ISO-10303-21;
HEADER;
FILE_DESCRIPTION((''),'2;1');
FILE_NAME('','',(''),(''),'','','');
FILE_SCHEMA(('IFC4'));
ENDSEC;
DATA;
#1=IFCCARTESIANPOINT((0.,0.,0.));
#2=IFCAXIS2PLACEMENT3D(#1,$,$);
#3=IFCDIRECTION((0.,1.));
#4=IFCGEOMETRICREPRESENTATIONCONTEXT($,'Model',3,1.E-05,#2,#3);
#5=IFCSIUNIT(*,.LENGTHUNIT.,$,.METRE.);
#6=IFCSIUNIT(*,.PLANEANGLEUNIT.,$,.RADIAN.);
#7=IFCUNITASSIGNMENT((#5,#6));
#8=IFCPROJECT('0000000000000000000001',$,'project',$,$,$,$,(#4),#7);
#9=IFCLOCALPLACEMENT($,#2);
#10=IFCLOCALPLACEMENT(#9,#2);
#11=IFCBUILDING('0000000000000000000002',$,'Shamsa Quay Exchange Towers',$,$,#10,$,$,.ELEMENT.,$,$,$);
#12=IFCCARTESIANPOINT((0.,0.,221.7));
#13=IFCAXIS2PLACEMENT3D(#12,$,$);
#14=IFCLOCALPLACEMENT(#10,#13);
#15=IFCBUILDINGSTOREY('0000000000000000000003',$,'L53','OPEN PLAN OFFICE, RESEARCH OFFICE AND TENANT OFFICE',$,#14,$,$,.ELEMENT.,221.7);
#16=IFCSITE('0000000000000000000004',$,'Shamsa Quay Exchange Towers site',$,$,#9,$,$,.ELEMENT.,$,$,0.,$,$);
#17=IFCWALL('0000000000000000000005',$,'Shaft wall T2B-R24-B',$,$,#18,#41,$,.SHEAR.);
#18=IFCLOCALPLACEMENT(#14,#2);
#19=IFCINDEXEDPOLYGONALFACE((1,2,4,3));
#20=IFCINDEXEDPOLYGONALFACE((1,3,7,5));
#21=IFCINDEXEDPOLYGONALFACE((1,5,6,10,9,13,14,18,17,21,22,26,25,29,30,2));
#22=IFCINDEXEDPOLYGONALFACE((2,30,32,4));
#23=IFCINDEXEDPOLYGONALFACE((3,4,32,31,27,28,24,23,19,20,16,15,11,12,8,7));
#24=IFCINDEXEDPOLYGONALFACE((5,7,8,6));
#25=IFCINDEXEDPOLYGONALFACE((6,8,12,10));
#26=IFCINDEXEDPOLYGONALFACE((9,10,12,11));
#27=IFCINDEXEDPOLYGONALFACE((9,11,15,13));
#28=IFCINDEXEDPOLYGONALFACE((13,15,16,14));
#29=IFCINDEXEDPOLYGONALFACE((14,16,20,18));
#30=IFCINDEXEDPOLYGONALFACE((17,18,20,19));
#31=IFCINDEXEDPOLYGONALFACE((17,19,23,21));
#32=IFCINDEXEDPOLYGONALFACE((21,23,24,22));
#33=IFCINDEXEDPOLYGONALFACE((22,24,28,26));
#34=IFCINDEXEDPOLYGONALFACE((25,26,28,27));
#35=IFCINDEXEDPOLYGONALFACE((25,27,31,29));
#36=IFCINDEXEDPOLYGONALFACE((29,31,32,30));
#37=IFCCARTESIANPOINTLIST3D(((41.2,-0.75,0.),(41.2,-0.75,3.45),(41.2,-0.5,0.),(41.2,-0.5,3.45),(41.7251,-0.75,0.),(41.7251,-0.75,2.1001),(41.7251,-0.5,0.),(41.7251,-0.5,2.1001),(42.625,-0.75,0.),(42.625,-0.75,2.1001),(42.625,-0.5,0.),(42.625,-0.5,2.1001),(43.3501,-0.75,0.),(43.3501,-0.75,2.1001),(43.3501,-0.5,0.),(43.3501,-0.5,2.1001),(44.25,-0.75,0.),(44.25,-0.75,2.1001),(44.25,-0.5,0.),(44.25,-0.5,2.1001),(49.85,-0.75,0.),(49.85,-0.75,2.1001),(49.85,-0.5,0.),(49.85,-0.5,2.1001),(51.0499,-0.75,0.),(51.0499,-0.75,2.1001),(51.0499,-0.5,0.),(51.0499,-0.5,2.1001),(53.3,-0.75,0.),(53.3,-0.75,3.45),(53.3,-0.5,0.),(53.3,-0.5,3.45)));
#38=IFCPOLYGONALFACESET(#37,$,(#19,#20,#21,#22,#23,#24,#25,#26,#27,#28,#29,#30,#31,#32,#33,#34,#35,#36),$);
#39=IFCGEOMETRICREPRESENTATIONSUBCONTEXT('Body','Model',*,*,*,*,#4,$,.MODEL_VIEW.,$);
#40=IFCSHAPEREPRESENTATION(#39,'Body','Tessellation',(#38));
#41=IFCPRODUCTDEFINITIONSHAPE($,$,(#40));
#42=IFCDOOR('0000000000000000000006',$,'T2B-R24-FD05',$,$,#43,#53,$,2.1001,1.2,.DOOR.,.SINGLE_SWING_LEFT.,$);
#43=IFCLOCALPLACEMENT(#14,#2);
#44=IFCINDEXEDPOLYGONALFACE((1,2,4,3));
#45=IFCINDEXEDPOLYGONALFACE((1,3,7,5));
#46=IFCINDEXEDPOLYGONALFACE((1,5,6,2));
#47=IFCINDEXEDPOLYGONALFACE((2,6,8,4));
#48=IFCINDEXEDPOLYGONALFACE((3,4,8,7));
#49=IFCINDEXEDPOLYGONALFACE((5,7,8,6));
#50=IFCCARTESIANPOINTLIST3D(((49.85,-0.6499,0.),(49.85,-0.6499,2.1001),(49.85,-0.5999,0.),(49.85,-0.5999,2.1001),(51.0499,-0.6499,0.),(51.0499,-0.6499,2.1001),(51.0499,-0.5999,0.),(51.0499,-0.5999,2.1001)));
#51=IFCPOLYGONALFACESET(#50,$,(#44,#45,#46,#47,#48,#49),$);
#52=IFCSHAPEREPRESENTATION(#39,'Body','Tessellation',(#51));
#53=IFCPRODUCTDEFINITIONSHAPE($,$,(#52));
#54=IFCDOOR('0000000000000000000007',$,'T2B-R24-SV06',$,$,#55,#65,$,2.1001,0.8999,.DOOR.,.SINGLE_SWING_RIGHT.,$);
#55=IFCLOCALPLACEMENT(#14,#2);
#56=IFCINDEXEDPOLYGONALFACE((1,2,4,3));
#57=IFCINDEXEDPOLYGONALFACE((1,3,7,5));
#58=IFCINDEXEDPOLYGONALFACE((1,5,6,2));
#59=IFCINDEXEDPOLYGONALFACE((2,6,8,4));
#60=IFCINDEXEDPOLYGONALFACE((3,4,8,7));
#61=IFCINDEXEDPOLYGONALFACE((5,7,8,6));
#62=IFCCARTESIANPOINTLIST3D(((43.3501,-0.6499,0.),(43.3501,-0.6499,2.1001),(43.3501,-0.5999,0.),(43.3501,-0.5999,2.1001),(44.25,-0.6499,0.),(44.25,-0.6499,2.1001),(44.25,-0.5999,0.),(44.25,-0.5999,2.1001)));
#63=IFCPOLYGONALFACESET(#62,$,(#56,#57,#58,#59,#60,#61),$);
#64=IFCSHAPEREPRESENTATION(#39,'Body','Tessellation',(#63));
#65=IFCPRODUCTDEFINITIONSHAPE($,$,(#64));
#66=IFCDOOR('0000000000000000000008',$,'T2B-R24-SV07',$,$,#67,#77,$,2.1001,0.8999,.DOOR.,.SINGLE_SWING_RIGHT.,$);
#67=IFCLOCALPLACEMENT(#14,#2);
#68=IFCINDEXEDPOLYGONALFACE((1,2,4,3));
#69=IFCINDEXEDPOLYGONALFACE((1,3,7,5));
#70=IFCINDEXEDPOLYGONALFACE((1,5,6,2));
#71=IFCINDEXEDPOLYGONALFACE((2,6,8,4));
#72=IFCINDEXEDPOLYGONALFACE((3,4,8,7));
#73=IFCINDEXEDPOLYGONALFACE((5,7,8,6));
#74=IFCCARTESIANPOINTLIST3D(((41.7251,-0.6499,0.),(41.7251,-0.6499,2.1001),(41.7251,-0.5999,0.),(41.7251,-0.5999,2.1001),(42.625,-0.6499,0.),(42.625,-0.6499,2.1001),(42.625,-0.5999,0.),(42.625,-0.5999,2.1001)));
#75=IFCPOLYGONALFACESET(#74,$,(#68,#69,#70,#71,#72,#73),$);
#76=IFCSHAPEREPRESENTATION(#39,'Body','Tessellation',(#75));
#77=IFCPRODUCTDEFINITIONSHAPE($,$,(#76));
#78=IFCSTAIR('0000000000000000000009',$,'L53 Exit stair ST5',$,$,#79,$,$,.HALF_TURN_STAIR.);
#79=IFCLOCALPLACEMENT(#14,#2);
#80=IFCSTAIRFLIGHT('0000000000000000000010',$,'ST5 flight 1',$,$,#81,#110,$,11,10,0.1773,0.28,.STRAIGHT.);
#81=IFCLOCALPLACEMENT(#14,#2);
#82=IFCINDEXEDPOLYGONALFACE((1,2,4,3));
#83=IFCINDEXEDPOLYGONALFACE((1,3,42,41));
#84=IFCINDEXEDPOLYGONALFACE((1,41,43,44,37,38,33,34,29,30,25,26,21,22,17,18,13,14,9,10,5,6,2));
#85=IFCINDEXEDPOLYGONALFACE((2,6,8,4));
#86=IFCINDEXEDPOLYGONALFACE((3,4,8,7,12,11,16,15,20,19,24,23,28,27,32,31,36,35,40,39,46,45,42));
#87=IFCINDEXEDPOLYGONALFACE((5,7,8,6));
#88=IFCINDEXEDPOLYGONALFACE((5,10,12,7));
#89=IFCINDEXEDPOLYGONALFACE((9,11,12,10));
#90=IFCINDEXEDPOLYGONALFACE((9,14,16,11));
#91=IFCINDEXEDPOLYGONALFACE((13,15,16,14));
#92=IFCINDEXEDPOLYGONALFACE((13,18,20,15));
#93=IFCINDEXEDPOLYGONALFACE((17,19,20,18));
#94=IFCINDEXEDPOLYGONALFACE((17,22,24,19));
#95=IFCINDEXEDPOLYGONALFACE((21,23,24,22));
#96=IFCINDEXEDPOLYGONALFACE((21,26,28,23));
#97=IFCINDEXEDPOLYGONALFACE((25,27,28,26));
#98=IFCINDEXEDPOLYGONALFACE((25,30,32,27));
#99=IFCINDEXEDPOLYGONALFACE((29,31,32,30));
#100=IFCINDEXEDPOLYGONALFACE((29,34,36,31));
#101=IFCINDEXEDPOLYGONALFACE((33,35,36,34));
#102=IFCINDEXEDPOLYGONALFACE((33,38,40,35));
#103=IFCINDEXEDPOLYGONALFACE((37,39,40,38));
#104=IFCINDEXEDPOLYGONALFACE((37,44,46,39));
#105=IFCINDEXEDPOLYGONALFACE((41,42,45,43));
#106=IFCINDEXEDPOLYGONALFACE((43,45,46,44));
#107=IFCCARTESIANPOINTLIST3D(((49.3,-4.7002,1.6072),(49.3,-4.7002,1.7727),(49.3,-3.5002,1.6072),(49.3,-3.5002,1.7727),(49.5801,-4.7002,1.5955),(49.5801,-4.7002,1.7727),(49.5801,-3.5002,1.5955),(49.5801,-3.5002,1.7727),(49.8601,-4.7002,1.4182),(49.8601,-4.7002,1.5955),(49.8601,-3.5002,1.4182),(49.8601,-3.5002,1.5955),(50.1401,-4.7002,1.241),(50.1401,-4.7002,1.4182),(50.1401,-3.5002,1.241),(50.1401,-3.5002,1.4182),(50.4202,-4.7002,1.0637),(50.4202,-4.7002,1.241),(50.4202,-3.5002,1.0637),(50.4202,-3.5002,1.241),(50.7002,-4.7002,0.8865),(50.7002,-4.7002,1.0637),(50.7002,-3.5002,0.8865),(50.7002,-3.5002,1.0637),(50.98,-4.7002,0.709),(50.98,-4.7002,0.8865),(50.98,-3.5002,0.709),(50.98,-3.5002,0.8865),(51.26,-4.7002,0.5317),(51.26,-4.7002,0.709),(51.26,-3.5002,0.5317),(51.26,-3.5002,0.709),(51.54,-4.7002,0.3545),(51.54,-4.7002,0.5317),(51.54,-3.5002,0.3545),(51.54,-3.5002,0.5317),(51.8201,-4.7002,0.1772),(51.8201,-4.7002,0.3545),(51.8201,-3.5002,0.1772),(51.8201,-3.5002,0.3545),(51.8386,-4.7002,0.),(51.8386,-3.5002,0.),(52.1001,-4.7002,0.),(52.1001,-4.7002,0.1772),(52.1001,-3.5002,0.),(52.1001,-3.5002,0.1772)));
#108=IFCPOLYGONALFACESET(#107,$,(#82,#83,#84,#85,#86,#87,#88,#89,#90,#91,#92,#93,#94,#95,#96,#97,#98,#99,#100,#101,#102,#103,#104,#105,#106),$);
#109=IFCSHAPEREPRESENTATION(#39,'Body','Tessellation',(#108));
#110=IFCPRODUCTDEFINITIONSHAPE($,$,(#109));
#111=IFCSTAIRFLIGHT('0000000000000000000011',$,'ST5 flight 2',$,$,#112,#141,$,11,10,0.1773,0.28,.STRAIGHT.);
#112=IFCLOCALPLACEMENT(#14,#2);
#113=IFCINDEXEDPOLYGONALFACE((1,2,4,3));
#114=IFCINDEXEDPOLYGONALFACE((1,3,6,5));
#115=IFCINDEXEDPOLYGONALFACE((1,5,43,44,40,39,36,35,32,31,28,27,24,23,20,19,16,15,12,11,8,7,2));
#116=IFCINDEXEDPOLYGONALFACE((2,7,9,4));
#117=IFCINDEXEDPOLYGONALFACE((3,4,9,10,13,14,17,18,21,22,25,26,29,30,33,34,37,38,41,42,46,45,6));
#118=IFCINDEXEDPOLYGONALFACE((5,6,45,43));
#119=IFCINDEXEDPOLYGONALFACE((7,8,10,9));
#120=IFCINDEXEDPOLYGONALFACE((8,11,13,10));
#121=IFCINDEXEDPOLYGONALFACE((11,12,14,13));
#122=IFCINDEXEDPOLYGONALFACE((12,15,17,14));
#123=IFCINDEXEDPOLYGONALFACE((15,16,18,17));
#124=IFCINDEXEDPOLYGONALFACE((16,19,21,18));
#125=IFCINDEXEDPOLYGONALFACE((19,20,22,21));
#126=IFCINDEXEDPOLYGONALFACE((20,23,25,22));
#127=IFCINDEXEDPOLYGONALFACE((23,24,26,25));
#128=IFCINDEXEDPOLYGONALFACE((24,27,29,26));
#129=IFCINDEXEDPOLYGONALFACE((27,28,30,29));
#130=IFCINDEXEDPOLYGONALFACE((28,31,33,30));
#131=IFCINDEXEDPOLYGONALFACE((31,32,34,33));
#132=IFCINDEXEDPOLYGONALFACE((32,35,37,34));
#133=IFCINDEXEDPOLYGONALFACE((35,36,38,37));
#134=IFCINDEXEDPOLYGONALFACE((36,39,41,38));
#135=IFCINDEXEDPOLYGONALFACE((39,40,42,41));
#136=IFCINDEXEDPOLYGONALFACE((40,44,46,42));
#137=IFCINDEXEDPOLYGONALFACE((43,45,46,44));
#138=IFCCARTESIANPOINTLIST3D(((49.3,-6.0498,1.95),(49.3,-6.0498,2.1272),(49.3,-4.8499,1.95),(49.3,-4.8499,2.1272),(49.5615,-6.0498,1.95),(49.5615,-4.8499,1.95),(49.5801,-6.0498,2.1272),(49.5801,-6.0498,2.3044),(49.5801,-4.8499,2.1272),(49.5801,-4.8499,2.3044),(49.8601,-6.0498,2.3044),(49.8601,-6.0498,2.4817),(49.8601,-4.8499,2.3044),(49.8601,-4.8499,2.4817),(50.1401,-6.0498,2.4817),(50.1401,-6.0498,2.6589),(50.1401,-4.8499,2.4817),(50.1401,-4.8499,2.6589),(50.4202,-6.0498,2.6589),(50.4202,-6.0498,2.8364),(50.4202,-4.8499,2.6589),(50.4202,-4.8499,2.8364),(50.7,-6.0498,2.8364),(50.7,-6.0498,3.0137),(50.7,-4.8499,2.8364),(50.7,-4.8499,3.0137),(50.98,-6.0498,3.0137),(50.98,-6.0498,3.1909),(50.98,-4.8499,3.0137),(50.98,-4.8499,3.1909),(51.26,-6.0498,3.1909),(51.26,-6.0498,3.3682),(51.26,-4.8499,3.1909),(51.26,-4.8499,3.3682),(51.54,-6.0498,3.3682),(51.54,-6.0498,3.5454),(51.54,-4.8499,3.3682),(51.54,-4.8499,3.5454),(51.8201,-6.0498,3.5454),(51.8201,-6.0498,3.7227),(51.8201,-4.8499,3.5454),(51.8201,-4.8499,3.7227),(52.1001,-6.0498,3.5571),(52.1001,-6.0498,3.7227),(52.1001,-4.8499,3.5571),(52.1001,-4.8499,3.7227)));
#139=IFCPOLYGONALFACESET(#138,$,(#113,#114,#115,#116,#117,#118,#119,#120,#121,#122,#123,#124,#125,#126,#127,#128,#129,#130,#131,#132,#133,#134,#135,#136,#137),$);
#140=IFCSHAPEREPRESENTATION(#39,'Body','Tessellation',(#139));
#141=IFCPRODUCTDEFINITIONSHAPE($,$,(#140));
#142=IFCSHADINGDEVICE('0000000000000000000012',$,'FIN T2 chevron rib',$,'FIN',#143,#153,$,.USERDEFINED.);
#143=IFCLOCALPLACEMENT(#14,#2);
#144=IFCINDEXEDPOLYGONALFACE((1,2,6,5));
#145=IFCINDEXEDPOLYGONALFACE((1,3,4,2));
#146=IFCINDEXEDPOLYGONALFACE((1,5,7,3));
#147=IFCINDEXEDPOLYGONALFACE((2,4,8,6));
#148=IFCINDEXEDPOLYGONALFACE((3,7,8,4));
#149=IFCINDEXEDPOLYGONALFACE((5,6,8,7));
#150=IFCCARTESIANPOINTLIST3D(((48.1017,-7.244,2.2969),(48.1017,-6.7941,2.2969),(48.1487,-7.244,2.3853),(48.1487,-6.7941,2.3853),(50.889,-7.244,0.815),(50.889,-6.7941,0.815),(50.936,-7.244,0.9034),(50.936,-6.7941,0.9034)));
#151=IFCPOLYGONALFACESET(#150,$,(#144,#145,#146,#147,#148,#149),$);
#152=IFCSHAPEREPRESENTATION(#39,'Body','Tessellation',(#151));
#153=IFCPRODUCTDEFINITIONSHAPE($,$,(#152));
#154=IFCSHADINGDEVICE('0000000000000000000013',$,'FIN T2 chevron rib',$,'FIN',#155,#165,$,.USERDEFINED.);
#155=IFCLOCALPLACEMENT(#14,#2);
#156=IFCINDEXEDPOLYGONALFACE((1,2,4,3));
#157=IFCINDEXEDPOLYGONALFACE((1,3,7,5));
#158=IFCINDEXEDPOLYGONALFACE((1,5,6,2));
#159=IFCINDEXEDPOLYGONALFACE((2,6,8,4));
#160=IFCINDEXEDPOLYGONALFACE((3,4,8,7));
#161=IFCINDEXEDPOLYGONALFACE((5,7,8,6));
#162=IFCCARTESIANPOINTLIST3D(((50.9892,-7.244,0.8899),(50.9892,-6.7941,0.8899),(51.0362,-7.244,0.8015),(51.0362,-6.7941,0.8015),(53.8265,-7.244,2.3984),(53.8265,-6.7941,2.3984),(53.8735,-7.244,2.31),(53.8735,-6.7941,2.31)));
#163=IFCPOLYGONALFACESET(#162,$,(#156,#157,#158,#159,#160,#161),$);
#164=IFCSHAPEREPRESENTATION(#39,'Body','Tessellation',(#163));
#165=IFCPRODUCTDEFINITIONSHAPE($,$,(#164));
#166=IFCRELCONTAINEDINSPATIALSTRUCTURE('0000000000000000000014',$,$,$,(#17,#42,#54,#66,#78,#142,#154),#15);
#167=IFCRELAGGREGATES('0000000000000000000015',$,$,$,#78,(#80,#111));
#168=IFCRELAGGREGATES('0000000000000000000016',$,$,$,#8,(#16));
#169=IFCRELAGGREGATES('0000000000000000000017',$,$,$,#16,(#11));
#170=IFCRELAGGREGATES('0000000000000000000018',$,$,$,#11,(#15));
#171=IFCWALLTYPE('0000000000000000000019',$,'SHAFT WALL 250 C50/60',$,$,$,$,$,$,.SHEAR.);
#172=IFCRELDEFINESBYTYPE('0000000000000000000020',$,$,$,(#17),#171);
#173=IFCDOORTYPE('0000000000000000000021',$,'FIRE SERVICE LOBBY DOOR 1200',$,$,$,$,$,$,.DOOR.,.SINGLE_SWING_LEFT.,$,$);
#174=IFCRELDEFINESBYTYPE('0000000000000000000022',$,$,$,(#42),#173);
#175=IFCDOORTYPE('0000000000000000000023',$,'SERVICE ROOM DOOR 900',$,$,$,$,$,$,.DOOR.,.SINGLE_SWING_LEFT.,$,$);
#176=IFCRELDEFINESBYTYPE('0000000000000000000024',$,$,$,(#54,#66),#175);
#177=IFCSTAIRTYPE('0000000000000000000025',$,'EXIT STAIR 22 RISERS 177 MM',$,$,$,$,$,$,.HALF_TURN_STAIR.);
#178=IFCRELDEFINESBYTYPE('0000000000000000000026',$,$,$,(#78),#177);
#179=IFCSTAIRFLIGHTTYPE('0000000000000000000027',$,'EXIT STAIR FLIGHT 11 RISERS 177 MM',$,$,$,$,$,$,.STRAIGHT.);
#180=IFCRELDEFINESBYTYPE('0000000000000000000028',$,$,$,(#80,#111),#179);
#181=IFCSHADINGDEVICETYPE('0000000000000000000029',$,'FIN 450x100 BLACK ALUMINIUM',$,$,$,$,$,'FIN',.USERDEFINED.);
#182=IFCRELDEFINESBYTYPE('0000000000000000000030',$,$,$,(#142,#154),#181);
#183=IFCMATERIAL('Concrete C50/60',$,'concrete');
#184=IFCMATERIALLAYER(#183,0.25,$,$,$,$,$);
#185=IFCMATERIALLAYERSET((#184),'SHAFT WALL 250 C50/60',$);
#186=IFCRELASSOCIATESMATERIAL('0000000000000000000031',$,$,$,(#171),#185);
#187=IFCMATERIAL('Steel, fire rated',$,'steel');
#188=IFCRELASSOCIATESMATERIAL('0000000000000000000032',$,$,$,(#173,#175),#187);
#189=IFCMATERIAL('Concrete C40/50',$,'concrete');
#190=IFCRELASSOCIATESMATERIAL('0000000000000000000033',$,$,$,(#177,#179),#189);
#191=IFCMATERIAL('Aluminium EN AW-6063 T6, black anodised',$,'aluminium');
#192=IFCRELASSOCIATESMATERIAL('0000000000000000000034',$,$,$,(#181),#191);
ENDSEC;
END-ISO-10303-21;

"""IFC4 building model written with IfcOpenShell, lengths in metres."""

from ifc_helpers import new_model, si_unit, direction, frame, frame_2d, origin, origin_2d, place, context, subcontext, project, spatial, polyline, rectangle, outline, extrude, material, layer, layer_set, material_profile, profile_set, type_object, element, fill, aggregate, save


model = new_model("IFC4")

# Units and contexts
model_context = context("Model", 3, precision=1e-05, world=origin(), true_north=direction((0.0, 1.0)))
body_context = subcontext(model_context, "Body", "Model", "MODEL_VIEW")
ifc_project = project(units=[si_unit("LENGTHUNIT", "METRE"), si_unit("PLANEANGLEUNIT", "RADIAN")], contexts=[model_context])

# Site, building, storey
site_placement = place(None, origin())
site = spatial("IfcSite", under=ifc_project, at=site_placement, Name="Shamsa Quay Exchange Towers site", CompositionType="ELEMENT", RefElevation=0.0)
building_placement = place(site_placement, origin())
building = spatial("IfcBuilding", under=site, at=building_placement, Name="Shamsa Quay Exchange Towers", CompositionType="ELEMENT")
storey_placement = place(building_placement, frame((0.0, 0.0, 221.7)))
storey = spatial("IfcBuildingStorey", under=building, at=storey_placement, Name="L53", Description="OPEN PLAN OFFICE, RESEARCH OFFICE AND TENANT OFFICE", CompositionType="ELEMENT", Elevation=221.7)

# Shared definitions
ifc_material_1 = material(Name="Aluminium EN AW-6063 T6, black anodised", Category="aluminium")

# Shared definitions
ifc_material_2 = material(Name="Steel, fire rated", Category="steel")
ifc_material_3 = material(Name="Concrete C50/60", Category="concrete")
ifc_layer_1 = layer(ifc_material_3, 0.25)
ifc_layer_set_1 = layer_set([ifc_layer_1], Name="SHAFT WALL 250 C50/60")
wall_type_1 = type_object("IfcWallType", Name="SHAFT WALL 250 C50/60", PredefinedType="SHEAR", material=ifc_layer_set_1)

# Wall, openings, doors
wall_1_placement = place(storey_placement, frame((53.3, -0.625, 0.0), z_axis=(0.0, 0.0, 1.0), x_axis=(-1.0, 0.0, 0.0)))
wall_1 = element("IfcWall", 1, at=wall_1_placement, inside=storey, type_object=wall_type_1, Name="Shaft wall T2B-R24-B", PredefinedType="SHEAR", context=body_context, shape_type="SweptSolid", body=[
    extrude(rectangle(XDim=12.1001, YDim=0.25, at=frame_2d((6.05, 0.0))), origin(), (0.0, 0.0, 1.0), 3.45),
])
opening_1_placement = place(wall_1_placement, frame((2.25, 0.0, 0.0)))
opening_1 = element("IfcOpeningElement", 2, at=opening_1_placement, cuts=wall_1, PredefinedType="OPENING", context=body_context, shape_type="SweptSolid", body=[
    extrude(rectangle(XDim=1.2, YDim=2.1001, at=frame_2d((0.6001, 1.05))), frame((0.0, 0.135, 0.0), z_axis=(0.0, -1.0, 0.0), x_axis=(1.0, 0.0, 0.0)), (0.0, 0.0, 1.0), 0.27),
])
opening_2_placement = place(wall_1_placement, frame((9.05, 0.0, 0.0)))
opening_2 = element("IfcOpeningElement", 3, at=opening_2_placement, cuts=wall_1, PredefinedType="OPENING", context=body_context, shape_type="SweptSolid", body=[
    extrude(rectangle(XDim=0.8999, YDim=2.1001, at=frame_2d((0.45, 1.05))), frame((0.0, 0.135, 0.0), z_axis=(0.0, -1.0, 0.0), x_axis=(1.0, 0.0, 0.0)), (0.0, 0.0, 1.0), 0.27),
])
opening_3_placement = place(wall_1_placement, frame((10.675, 0.0, 0.0)))
opening_3 = element("IfcOpeningElement", 4, at=opening_3_placement, cuts=wall_1, PredefinedType="OPENING", context=body_context, shape_type="SweptSolid", body=[
    extrude(rectangle(XDim=0.8999, YDim=2.1001, at=frame_2d((0.45, 1.05))), frame((0.0, 0.135, 0.0), z_axis=(0.0, -1.0, 0.0), x_axis=(1.0, 0.0, 0.0)), (0.0, 0.0, 1.0), 0.27),
])
door_type_1 = type_object("IfcDoorType", Name="FIRE SERVICE LOBBY DOOR 1200", OperationType="SINGLE_SWING_LEFT", PredefinedType="DOOR", material=ifc_material_2)
door_1_placement = place(opening_1_placement, origin())
door_1 = element("IfcDoor", 5, at=door_1_placement, inside=storey, type_object=door_type_1, Name="T2B-R24-FD05", OperationType="SINGLE_SWING_LEFT", OverallHeight=2.1001, OverallWidth=1.2, PredefinedType="DOOR", context=body_context, shape_type="SweptSolid", body=[
    extrude(rectangle(XDim=1.2, YDim=2.1001, at=frame_2d((0.6001, 1.05))), frame((0.0, 0.0249, 0.0), z_axis=(0.0, -1.0, 0.0), x_axis=(1.0, 0.0, 0.0)), (0.0, 0.0, 1.0), 0.05),
])
fill(opening_1, door_1)
door_type_2 = type_object("IfcDoorType", Name="SERVICE ROOM DOOR 900", OperationType="SINGLE_SWING_LEFT", PredefinedType="DOOR", material=ifc_material_2)
door_2_placement = place(opening_2_placement, origin())
door_2 = element("IfcDoor", 6, at=door_2_placement, inside=storey, type_object=door_type_2, Name="T2B-R24-SV06", OperationType="SINGLE_SWING_RIGHT", OverallHeight=2.1001, OverallWidth=0.8999, PredefinedType="DOOR", context=body_context, shape_type="SweptSolid", body=[
    extrude(rectangle(XDim=0.8999, YDim=2.1001, at=frame_2d((0.45, 1.05))), frame((0.0, 0.0249, 0.0), z_axis=(0.0, -1.0, 0.0), x_axis=(1.0, 0.0, 0.0)), (0.0, 0.0, 1.0), 0.05),
])
fill(opening_2, door_2)
door_3_placement = place(opening_3_placement, origin())
door_3 = element("IfcDoor", 7, at=door_3_placement, inside=storey, type_object=door_type_2, Name="T2B-R24-SV07", OperationType="SINGLE_SWING_RIGHT", OverallHeight=2.1001, OverallWidth=0.8999, PredefinedType="DOOR", context=body_context, shape_type="SweptSolid", body=[
    extrude(rectangle(XDim=0.8999, YDim=2.1001, at=frame_2d((0.45, 1.05))), frame((0.0, 0.0249, 0.0), z_axis=(0.0, -1.0, 0.0), x_axis=(1.0, 0.0, 0.0)), (0.0, 0.0, 1.0), 0.05),
])
fill(opening_3, door_3)

# Stair, stair flights
ifc_material_4 = material(Name="Concrete C40/50", Category="concrete")
stair_type = type_object("IfcStairType", Name="EXIT STAIR 22 RISERS 177 MM", PredefinedType="HALF_TURN_STAIR", material=ifc_material_4)
stair_placement = place(storey_placement, origin())
stair = element("IfcStair", 8, at=stair_placement, inside=storey, type_object=stair_type, Name="L53 Exit stair ST5", PredefinedType="HALF_TURN_STAIR")
stair_flight_type = type_object("IfcStairFlightType", Name="EXIT STAIR FLIGHT 11 RISERS 177 MM", PredefinedType="STRAIGHT", material=ifc_material_4)
stair_flight_1_placement = place(storey_placement, frame((52.1001, -4.1001, 0.0), z_axis=(0.0, 0.0, 1.0), x_axis=(-1.0, 0.0, 0.0)))
stair_flight_1 = element("IfcStairFlight", 9, at=stair_flight_1_placement, type_object=stair_flight_type, Name="ST5 flight 1", NumberOfRisers=11, NumberOfTreads=10, PredefinedType="STRAIGHT", RiserHeight=0.1773, TreadLength=0.28, context=body_context, shape_type="SweptSolid", body=[
    extrude(outline(polyline([(0.0, 0.0), (0.0, 0.1772), (0.28, 0.1772), (0.28, 0.3545), (0.5601, 0.3545), (0.5601, 0.5317), (0.8401, 0.5317), (0.8401, 0.709), (1.1201, 0.709), (1.1201, 0.8865), (1.3999, 0.8865), (1.3999, 1.0637), (1.6799, 1.0637), (1.6799, 1.241), (1.96, 1.241), (1.96, 1.4182), (2.24, 1.4182), (2.24, 1.5955), (2.52, 1.5955), (2.52, 1.7727), (2.8, 1.7727), (2.8, 1.95), (2.8, 1.6072), (0.2615, 0.0), (0.0, 0.0)])), frame((0.0, 0.6001, 0.0), z_axis=(0.0, -1.0, 0.0), x_axis=(1.0, 0.0, 0.0)), (0.0, 0.0, 1.0), 1.2),
])
stair_flight_2_placement = place(storey_placement, frame((49.3, -5.45, 1.95)))
stair_flight_2 = element("IfcStairFlight", 10, at=stair_flight_2_placement, type_object=stair_flight_type, Name="ST5 flight 2", NumberOfRisers=11, NumberOfTreads=10, PredefinedType="STRAIGHT", RiserHeight=0.1773, TreadLength=0.28, context=body_context, shape_type="SweptSolid", body=[
    extrude(outline(polyline([(0.0, 0.0), (0.0, 0.1772), (0.28, 0.1772), (0.28, 0.3545), (0.5601, 0.3545), (0.5601, 0.5317), (0.8401, 0.5317), (0.8401, 0.709), (1.1201, 0.709), (1.1201, 0.8865), (1.3999, 0.8865), (1.3999, 1.0637), (1.6799, 1.0637), (1.6799, 1.241), (1.96, 1.241), (1.96, 1.4182), (2.24, 1.4182), (2.24, 1.5955), (2.52, 1.5955), (2.52, 1.7727), (2.8, 1.7727), (2.8, 1.95), (2.8, 1.6072), (0.2615, 0.0), (0.0, 0.0)])), frame((0.0, 0.6001, 0.0), z_axis=(0.0, -1.0, 0.0), x_axis=(1.0, 0.0, 0.0)), (0.0, 0.0, 1.0), 1.2),
])
aggregate(stair, [stair_flight_1, stair_flight_2])

# Shading devices
ifc_material_profile_1 = material_profile(ifc_material_1, rectangle(XDim=0.45, YDim=0.1001, at=origin_2d()), Name="FIN450x100")
ifc_profile_set_1 = profile_set([ifc_material_profile_1], Name="Aluminium EN AW-6063 T6, black anodised")
shading_device_type = type_object("IfcShadingDeviceType", Name="FIN 450x100 BLACK ALUMINIUM", ElementType="FIN", PredefinedType="USERDEFINED", material=ifc_profile_set_1)
shading_device_1_placement = place(storey_placement, frame((48.1252, -7.019, 2.3411), z_axis=(0.882964, 0.0, -0.46944), x_axis=(0.0, 1.0, 0.0)))
element("IfcShadingDevice", 11, at=shading_device_1_placement, inside=storey, type_object=shading_device_type, Name="FIN T2 chevron rib", ObjectType="FIN", PredefinedType="USERDEFINED", context=body_context, shape_type="SweptSolid", body=[
    extrude(rectangle(XDim=0.45, YDim=0.1001, at=origin_2d()), origin(), (0.0, 0.0, 1.0), 3.1567),
])
shading_device_2_placement = place(storey_placement, frame((51.0127, -7.019, 0.8457), z_axis=(0.882964, 0.0, 0.46944), x_axis=(0.0, 1.0, 0.0)))
element("IfcShadingDevice", 12, at=shading_device_2_placement, inside=storey, type_object=shading_device_type, Name="FIN T2 chevron rib", ObjectType="FIN", PredefinedType="USERDEFINED", context=body_context, shape_type="SweptSolid", body=[
    extrude(rectangle(XDim=0.45, YDim=0.1001, at=origin_2d()), origin(), (0.0, 0.0, 1.0), 3.2134),
])

save(model, "model.ifc")
